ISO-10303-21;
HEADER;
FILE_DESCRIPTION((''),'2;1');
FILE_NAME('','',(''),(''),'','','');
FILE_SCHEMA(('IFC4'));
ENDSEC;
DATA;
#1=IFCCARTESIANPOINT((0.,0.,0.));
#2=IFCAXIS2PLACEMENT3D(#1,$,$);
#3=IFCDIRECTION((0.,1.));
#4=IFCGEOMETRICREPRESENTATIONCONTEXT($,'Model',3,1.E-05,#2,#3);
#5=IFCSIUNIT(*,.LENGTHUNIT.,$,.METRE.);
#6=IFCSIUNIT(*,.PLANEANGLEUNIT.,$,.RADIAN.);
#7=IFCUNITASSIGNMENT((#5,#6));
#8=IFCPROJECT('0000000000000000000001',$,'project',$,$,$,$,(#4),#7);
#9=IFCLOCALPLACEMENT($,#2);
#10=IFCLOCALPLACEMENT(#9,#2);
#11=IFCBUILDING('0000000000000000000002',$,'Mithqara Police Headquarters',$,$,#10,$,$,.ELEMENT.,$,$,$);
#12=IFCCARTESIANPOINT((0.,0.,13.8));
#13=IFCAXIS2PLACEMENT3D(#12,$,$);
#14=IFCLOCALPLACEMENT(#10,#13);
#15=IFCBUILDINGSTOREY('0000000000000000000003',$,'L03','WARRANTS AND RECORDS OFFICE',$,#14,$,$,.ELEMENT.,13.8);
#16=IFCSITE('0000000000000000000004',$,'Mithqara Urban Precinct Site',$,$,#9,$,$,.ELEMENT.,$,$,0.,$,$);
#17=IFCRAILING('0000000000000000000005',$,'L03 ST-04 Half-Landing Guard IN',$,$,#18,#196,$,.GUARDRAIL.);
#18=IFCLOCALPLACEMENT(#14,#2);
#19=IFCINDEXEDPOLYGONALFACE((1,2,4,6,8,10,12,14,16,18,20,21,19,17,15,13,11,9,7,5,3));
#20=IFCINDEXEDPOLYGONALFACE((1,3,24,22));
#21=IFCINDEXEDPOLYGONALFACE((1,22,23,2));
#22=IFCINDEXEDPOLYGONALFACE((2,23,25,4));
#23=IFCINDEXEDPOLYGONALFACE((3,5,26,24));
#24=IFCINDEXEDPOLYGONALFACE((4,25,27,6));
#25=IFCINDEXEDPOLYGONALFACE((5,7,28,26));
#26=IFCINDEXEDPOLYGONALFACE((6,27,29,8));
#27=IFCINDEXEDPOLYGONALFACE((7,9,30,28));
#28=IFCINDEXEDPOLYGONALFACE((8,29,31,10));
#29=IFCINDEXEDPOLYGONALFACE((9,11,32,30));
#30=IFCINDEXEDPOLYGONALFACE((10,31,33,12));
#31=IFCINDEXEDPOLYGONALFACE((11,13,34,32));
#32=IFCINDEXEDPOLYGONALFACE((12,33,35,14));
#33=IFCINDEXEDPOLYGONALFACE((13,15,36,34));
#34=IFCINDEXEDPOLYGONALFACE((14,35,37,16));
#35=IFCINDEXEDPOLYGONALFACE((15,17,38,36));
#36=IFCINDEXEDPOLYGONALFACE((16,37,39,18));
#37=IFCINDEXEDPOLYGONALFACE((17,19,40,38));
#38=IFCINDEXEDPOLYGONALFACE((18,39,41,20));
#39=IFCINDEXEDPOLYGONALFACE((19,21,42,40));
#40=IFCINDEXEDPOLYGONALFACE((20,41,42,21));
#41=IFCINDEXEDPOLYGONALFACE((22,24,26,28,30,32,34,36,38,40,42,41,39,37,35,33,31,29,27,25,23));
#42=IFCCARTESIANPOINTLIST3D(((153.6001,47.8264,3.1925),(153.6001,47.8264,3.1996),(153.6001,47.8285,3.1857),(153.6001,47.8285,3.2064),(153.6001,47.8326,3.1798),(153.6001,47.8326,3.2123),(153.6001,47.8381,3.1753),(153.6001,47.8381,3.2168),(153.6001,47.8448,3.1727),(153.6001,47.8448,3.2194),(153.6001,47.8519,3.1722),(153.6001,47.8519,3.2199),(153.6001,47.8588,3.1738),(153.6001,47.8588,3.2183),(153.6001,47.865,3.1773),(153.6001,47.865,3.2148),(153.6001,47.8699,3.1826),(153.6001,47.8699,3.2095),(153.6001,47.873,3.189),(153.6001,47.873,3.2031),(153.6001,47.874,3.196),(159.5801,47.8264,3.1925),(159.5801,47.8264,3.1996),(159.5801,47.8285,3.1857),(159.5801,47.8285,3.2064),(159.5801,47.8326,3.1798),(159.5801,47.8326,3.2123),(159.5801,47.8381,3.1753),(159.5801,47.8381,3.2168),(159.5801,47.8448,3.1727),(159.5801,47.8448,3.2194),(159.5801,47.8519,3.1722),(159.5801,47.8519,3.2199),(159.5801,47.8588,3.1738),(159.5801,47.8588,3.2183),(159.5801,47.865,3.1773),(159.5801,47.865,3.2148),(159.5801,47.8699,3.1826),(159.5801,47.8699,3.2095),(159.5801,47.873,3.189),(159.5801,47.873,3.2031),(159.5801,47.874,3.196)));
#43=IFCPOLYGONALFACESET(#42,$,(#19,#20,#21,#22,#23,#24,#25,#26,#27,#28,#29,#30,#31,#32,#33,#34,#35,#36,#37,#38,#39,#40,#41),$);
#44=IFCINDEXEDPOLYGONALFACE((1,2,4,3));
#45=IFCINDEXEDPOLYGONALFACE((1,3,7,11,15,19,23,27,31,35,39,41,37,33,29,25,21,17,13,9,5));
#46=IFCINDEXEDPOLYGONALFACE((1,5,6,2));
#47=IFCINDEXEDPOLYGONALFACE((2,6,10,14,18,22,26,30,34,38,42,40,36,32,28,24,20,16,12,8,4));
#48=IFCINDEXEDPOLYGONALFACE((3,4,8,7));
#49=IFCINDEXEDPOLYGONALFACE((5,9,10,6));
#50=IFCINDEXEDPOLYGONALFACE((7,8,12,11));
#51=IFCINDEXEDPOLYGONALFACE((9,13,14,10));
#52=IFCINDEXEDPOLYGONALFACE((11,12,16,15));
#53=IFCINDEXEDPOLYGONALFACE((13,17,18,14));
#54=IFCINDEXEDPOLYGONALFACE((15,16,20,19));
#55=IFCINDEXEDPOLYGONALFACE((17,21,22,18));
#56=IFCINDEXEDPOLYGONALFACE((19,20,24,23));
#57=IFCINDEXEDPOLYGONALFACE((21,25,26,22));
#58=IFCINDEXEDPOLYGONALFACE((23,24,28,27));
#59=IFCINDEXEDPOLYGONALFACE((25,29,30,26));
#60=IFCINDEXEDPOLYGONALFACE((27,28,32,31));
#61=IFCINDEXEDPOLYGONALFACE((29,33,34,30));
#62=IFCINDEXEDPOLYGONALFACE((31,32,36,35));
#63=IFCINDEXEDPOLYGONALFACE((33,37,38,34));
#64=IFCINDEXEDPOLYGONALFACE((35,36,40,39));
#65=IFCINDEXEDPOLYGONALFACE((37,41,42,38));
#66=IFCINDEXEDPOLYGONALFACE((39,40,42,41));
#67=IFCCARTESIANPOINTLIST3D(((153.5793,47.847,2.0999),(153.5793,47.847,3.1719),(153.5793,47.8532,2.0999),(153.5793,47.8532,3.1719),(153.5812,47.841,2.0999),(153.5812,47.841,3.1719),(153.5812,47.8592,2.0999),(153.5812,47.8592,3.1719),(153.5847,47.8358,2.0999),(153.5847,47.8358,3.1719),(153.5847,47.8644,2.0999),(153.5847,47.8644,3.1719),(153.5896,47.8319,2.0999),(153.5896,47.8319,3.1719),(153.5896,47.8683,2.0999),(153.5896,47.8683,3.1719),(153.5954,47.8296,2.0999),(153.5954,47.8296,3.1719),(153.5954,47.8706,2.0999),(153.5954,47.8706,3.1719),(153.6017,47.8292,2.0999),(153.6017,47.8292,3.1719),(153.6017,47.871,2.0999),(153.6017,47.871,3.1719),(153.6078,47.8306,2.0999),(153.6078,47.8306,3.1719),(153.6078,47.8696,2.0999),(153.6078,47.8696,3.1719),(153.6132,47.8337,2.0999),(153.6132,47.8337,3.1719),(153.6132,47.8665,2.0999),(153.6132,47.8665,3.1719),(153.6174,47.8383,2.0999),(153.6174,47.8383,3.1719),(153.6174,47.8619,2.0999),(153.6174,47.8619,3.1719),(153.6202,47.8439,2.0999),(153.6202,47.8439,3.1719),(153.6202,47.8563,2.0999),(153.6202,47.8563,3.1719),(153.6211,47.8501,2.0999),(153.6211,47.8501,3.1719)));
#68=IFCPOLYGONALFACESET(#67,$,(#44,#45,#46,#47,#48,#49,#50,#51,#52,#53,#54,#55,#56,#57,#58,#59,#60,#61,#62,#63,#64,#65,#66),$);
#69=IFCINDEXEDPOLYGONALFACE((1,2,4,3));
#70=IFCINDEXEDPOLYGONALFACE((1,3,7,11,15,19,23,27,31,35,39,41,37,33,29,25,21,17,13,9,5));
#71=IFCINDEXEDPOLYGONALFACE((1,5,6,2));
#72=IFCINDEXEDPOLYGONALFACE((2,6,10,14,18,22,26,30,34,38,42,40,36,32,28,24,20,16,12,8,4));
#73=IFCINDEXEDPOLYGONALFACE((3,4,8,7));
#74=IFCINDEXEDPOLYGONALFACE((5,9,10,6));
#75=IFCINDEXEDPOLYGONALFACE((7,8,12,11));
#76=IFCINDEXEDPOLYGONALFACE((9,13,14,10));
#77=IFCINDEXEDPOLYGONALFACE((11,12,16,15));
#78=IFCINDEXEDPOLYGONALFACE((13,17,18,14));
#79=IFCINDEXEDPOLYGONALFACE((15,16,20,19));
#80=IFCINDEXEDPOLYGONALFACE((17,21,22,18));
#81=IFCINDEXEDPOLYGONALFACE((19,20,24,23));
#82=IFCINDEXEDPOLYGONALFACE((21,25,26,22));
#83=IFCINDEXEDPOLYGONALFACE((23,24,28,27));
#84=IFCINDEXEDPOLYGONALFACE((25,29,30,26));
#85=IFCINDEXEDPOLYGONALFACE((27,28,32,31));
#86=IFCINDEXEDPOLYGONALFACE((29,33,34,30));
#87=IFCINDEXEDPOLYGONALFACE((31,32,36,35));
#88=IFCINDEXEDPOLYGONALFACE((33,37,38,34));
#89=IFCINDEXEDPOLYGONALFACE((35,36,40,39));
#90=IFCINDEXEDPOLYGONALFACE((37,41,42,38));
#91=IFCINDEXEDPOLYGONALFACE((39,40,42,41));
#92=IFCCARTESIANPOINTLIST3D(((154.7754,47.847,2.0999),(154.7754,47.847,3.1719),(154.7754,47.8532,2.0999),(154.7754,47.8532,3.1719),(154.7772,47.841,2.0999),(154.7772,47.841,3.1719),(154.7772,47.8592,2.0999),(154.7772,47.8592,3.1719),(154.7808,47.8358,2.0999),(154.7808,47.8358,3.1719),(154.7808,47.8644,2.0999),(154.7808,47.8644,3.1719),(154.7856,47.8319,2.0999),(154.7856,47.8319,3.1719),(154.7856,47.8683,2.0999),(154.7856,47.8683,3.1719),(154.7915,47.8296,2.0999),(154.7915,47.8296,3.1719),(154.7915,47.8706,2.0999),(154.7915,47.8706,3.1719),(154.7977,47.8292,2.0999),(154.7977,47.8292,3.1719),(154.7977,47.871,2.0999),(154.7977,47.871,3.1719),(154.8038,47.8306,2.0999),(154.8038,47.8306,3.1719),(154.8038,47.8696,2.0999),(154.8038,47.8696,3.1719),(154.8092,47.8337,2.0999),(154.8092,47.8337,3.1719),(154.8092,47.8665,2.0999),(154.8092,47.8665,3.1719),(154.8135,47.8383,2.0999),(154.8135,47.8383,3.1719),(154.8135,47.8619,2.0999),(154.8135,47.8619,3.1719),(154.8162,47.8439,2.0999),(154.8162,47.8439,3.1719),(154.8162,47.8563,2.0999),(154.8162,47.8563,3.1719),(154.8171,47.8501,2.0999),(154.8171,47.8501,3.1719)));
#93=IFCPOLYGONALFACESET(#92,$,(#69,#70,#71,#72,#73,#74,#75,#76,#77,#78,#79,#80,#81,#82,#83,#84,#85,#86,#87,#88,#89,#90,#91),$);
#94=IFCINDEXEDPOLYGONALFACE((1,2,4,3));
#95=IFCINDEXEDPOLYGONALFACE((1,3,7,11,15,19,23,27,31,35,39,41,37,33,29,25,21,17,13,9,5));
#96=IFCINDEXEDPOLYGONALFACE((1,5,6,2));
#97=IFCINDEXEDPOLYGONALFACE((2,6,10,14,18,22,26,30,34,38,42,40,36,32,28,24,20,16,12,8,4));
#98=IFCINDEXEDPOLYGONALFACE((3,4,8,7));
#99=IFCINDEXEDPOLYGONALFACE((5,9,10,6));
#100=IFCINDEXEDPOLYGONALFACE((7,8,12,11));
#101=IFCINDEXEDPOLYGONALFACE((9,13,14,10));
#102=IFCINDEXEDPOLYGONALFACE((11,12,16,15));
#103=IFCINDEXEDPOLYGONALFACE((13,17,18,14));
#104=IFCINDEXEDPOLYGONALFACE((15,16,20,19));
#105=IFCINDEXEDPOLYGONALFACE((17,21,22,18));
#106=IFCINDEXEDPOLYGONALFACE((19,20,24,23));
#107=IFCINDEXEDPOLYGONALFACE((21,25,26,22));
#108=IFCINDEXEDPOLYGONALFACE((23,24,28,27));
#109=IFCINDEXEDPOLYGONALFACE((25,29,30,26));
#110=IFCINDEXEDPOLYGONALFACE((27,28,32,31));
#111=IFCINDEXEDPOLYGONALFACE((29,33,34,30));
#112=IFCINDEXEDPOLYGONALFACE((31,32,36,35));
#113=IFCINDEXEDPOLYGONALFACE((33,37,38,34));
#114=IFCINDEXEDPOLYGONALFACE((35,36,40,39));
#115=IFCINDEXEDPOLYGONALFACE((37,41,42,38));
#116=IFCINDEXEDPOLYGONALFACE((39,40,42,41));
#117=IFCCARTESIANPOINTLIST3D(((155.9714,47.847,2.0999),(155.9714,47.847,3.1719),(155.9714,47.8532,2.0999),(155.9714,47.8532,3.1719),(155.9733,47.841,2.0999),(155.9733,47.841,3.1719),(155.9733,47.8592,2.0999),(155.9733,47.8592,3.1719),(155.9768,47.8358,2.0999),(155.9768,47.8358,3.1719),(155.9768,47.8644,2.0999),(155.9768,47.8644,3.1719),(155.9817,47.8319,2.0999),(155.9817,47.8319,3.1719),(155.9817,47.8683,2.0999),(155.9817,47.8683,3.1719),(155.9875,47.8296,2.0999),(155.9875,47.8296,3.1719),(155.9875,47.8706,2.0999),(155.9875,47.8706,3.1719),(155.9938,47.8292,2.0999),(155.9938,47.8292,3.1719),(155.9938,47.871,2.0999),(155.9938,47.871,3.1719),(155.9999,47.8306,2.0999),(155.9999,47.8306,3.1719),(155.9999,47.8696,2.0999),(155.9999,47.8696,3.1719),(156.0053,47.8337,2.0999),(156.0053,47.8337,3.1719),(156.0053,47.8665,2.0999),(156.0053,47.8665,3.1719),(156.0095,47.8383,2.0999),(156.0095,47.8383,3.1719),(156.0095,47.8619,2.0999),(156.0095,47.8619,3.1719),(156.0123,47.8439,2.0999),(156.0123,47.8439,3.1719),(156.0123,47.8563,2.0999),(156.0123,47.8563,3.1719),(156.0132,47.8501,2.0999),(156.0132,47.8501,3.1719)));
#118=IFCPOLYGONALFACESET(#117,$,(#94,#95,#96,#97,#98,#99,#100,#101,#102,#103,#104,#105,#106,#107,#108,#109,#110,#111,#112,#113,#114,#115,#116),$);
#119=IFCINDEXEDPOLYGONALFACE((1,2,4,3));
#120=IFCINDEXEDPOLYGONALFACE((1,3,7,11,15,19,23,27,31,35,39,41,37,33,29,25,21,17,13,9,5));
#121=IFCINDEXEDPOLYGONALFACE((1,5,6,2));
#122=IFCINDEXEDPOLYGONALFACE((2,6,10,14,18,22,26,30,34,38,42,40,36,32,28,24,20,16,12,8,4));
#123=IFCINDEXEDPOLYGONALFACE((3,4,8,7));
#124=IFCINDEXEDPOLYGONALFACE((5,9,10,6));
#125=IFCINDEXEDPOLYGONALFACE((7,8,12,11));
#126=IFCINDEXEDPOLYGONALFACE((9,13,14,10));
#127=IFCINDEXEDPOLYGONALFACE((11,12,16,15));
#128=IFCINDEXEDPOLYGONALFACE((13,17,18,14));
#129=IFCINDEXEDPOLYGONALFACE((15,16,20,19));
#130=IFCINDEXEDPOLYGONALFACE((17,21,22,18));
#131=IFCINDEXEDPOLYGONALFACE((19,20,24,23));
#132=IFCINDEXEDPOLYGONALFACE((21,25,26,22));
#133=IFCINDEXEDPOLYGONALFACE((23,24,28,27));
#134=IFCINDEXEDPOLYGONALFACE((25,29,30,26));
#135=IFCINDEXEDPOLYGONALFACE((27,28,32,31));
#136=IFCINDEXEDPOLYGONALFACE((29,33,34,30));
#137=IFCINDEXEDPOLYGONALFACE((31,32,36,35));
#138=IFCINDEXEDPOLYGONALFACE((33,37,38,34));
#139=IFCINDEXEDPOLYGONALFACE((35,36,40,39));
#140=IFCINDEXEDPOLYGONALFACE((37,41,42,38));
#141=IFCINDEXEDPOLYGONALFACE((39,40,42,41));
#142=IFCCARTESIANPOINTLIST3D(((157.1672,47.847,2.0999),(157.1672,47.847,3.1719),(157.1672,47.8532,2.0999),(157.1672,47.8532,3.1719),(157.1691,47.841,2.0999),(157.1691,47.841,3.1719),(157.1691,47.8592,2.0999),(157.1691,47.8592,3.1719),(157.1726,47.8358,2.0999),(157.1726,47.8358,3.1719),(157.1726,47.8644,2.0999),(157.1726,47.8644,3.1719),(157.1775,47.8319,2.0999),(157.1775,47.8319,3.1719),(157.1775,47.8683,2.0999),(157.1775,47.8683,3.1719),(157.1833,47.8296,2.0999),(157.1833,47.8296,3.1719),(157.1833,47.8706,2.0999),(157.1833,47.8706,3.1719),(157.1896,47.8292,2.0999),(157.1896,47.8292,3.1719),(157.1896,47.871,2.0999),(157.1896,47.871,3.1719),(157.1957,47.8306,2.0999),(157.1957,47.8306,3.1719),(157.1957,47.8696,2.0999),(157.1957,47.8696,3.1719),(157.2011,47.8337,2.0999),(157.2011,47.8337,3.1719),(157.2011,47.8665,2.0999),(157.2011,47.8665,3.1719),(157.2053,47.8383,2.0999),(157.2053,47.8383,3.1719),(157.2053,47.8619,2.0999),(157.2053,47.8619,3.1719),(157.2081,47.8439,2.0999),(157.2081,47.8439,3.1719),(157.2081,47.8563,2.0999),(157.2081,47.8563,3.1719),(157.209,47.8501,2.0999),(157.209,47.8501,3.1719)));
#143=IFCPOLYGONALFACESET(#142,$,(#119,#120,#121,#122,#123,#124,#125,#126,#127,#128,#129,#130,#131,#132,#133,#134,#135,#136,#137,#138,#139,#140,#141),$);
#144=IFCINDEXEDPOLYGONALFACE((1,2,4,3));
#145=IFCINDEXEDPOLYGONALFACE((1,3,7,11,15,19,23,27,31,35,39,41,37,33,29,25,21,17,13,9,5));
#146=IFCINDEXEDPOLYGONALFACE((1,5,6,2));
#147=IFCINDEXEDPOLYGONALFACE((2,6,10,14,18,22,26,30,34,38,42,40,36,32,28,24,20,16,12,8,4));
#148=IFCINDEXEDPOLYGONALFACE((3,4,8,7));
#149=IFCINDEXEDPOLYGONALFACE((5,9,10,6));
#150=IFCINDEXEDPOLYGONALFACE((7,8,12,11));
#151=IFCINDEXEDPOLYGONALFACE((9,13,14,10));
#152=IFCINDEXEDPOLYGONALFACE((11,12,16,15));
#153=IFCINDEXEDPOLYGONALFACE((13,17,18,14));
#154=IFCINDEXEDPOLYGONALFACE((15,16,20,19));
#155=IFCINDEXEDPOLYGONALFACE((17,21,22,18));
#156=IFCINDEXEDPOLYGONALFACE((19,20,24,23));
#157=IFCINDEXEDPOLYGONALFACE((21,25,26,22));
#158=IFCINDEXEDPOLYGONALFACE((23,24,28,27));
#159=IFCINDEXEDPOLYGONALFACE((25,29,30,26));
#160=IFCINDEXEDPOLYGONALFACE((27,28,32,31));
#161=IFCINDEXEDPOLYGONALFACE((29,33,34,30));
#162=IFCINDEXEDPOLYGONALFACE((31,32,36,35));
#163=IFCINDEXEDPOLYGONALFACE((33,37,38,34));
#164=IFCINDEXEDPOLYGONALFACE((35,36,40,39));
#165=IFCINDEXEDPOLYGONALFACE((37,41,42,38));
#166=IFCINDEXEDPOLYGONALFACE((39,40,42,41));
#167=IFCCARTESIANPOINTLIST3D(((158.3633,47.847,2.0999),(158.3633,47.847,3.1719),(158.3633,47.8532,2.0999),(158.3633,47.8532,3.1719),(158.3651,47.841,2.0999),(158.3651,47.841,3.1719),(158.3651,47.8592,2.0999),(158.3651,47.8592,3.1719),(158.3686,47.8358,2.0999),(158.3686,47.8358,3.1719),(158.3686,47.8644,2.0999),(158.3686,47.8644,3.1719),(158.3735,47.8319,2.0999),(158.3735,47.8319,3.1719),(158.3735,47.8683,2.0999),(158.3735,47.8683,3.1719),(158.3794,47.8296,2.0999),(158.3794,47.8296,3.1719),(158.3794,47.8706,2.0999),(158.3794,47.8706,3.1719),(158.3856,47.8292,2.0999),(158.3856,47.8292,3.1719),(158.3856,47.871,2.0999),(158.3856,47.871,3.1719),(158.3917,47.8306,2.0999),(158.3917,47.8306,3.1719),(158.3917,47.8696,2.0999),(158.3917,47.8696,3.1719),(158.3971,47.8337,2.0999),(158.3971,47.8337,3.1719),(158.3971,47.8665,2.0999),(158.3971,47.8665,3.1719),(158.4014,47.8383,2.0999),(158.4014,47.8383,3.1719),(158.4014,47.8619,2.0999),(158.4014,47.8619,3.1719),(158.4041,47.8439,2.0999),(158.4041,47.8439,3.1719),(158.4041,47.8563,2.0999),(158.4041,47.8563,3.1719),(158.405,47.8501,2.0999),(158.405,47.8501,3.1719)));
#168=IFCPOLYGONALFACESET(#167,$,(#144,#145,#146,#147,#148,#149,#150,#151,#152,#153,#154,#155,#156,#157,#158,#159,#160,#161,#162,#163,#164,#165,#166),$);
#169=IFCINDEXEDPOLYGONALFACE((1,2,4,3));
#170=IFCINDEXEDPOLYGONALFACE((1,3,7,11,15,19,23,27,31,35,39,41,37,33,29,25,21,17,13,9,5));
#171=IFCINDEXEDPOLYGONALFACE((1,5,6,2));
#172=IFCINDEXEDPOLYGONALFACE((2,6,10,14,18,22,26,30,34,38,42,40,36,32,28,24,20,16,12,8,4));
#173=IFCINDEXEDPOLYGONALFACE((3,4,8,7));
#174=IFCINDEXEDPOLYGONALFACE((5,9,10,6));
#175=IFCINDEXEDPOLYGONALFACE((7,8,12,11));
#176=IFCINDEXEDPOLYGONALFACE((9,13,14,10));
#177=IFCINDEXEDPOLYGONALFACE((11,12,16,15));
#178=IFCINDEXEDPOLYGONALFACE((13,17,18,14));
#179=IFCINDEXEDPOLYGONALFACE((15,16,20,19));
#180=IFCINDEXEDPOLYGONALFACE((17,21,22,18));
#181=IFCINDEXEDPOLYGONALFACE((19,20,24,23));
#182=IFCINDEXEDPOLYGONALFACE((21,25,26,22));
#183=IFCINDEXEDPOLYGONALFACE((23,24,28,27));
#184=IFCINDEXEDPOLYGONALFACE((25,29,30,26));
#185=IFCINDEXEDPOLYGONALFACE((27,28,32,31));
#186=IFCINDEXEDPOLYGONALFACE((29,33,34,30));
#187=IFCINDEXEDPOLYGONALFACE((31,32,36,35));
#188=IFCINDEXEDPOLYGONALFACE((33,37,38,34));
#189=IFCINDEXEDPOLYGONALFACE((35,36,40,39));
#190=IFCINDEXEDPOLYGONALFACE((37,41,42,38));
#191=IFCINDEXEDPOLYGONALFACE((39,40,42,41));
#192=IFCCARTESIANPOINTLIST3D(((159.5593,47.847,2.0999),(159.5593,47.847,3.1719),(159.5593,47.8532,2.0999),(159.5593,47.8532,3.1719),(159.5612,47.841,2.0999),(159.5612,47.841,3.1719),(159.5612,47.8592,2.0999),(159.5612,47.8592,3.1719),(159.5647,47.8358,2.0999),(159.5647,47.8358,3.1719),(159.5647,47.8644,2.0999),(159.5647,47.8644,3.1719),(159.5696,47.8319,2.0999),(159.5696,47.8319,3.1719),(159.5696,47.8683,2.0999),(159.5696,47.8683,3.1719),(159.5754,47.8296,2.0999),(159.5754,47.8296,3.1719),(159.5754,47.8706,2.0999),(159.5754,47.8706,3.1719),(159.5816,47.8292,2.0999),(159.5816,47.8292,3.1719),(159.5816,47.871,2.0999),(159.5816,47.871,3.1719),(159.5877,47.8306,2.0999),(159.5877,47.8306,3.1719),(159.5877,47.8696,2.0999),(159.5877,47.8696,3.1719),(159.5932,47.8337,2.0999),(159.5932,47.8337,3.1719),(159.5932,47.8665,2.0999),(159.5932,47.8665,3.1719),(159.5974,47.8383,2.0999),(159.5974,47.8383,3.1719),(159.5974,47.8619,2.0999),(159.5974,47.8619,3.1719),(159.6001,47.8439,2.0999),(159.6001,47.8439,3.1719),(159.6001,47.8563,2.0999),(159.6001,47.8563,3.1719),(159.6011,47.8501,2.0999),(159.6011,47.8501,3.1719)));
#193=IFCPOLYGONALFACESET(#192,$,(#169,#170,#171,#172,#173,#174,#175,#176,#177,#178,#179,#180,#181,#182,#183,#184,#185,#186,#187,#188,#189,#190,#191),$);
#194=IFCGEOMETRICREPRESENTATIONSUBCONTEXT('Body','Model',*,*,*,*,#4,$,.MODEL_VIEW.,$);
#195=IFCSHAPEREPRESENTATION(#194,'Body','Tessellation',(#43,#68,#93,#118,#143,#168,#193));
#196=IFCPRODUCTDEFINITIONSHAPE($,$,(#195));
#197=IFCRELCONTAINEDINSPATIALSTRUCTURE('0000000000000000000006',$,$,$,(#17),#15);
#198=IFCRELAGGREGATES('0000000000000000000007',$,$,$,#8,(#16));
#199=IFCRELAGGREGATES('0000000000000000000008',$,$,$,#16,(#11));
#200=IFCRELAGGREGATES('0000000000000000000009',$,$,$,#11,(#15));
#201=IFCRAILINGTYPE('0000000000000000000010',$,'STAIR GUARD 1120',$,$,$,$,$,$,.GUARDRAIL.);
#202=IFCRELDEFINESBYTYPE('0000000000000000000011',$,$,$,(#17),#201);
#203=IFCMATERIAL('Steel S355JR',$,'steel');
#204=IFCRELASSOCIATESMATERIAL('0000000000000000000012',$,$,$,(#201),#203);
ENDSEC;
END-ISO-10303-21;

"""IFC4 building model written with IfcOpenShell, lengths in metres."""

from ifc_helpers import new_model, si_unit, direction, frame, origin, origin_2d, place, context, subcontext, project, spatial, circle, extrude, material, type_object, element, save


model = new_model("IFC4")

# Units and contexts
model_context = context("Model", 3, precision=1e-05, world=origin(), true_north=direction((0.0, 1.0)))
body_context = subcontext(model_context, "Body", "Model", "MODEL_VIEW")
ifc_project = project(units=[si_unit("LENGTHUNIT", "METRE"), si_unit("PLANEANGLEUNIT", "RADIAN")], contexts=[model_context])

# Site, building, storey
site_placement = place(None, origin())
site = spatial("IfcSite", under=ifc_project, at=site_placement, Name="Mithqara Urban Precinct Site", CompositionType="ELEMENT", RefElevation=0.0)
building_placement = place(site_placement, origin())
building = spatial("IfcBuilding", under=site, at=building_placement, Name="Mithqara Police Headquarters", CompositionType="ELEMENT")
storey_placement = place(building_placement, frame((0.0, 0.0, 13.8)))
storey = spatial("IfcBuildingStorey", under=building, at=storey_placement, Name="L03", Description="WARRANTS AND RECORDS OFFICE", CompositionType="ELEMENT", Elevation=13.8)

# Shared definitions
ifc_material_1 = material(Name="Steel S355JR", Category="steel")

# Railing
railing_type_1 = type_object("IfcRailingType", Name="STAIR GUARD 1120", PredefinedType="GUARDRAIL", material=ifc_material_1)
for number, where, name in (
    (1, (153.6001, 47.8501, 2.0999), "L03 ST-04 Half-Landing Guard IN"),
):
    element("IfcRailing", number, at=place(storey_placement, frame(where)), inside=storey, type_object=railing_type_1, Name=name, PredefinedType="GUARDRAIL", context=body_context, shape_type="SweptSolid", body=[
        extrude(circle(Radius=0.0239, at=origin_2d()), frame((0.0, 0.0, 1.0962), z_axis=(1.0, 0.0, 0.0), x_axis=(0.0, 1.0, 0.0)), (0.0, 0.0, 1.0), 5.98),
        extrude(circle(Radius=0.021, at=origin_2d()), origin(), (0.0, 0.0, 1.0), 1.072),
        extrude(circle(Radius=0.021, at=origin_2d()), frame((1.196, 0.0, 0.0)), (0.0, 0.0, 1.0), 1.072),
        extrude(circle(Radius=0.021, at=origin_2d()), frame((2.3921, 0.0, 0.0)), (0.0, 0.0, 1.0), 1.072),
        extrude(circle(Radius=0.021, at=origin_2d()), frame((3.5879, 0.0, 0.0)), (0.0, 0.0, 1.0), 1.072),
        extrude(circle(Radius=0.021, at=origin_2d()), frame((4.7839, 0.0, 0.0)), (0.0, 0.0, 1.0), 1.072),
        extrude(circle(Radius=0.021, at=origin_2d()), frame((5.98, 0.0, 0.0)), (0.0, 0.0, 1.0), 1.072),
    ])

save(model, "model.ifc")
